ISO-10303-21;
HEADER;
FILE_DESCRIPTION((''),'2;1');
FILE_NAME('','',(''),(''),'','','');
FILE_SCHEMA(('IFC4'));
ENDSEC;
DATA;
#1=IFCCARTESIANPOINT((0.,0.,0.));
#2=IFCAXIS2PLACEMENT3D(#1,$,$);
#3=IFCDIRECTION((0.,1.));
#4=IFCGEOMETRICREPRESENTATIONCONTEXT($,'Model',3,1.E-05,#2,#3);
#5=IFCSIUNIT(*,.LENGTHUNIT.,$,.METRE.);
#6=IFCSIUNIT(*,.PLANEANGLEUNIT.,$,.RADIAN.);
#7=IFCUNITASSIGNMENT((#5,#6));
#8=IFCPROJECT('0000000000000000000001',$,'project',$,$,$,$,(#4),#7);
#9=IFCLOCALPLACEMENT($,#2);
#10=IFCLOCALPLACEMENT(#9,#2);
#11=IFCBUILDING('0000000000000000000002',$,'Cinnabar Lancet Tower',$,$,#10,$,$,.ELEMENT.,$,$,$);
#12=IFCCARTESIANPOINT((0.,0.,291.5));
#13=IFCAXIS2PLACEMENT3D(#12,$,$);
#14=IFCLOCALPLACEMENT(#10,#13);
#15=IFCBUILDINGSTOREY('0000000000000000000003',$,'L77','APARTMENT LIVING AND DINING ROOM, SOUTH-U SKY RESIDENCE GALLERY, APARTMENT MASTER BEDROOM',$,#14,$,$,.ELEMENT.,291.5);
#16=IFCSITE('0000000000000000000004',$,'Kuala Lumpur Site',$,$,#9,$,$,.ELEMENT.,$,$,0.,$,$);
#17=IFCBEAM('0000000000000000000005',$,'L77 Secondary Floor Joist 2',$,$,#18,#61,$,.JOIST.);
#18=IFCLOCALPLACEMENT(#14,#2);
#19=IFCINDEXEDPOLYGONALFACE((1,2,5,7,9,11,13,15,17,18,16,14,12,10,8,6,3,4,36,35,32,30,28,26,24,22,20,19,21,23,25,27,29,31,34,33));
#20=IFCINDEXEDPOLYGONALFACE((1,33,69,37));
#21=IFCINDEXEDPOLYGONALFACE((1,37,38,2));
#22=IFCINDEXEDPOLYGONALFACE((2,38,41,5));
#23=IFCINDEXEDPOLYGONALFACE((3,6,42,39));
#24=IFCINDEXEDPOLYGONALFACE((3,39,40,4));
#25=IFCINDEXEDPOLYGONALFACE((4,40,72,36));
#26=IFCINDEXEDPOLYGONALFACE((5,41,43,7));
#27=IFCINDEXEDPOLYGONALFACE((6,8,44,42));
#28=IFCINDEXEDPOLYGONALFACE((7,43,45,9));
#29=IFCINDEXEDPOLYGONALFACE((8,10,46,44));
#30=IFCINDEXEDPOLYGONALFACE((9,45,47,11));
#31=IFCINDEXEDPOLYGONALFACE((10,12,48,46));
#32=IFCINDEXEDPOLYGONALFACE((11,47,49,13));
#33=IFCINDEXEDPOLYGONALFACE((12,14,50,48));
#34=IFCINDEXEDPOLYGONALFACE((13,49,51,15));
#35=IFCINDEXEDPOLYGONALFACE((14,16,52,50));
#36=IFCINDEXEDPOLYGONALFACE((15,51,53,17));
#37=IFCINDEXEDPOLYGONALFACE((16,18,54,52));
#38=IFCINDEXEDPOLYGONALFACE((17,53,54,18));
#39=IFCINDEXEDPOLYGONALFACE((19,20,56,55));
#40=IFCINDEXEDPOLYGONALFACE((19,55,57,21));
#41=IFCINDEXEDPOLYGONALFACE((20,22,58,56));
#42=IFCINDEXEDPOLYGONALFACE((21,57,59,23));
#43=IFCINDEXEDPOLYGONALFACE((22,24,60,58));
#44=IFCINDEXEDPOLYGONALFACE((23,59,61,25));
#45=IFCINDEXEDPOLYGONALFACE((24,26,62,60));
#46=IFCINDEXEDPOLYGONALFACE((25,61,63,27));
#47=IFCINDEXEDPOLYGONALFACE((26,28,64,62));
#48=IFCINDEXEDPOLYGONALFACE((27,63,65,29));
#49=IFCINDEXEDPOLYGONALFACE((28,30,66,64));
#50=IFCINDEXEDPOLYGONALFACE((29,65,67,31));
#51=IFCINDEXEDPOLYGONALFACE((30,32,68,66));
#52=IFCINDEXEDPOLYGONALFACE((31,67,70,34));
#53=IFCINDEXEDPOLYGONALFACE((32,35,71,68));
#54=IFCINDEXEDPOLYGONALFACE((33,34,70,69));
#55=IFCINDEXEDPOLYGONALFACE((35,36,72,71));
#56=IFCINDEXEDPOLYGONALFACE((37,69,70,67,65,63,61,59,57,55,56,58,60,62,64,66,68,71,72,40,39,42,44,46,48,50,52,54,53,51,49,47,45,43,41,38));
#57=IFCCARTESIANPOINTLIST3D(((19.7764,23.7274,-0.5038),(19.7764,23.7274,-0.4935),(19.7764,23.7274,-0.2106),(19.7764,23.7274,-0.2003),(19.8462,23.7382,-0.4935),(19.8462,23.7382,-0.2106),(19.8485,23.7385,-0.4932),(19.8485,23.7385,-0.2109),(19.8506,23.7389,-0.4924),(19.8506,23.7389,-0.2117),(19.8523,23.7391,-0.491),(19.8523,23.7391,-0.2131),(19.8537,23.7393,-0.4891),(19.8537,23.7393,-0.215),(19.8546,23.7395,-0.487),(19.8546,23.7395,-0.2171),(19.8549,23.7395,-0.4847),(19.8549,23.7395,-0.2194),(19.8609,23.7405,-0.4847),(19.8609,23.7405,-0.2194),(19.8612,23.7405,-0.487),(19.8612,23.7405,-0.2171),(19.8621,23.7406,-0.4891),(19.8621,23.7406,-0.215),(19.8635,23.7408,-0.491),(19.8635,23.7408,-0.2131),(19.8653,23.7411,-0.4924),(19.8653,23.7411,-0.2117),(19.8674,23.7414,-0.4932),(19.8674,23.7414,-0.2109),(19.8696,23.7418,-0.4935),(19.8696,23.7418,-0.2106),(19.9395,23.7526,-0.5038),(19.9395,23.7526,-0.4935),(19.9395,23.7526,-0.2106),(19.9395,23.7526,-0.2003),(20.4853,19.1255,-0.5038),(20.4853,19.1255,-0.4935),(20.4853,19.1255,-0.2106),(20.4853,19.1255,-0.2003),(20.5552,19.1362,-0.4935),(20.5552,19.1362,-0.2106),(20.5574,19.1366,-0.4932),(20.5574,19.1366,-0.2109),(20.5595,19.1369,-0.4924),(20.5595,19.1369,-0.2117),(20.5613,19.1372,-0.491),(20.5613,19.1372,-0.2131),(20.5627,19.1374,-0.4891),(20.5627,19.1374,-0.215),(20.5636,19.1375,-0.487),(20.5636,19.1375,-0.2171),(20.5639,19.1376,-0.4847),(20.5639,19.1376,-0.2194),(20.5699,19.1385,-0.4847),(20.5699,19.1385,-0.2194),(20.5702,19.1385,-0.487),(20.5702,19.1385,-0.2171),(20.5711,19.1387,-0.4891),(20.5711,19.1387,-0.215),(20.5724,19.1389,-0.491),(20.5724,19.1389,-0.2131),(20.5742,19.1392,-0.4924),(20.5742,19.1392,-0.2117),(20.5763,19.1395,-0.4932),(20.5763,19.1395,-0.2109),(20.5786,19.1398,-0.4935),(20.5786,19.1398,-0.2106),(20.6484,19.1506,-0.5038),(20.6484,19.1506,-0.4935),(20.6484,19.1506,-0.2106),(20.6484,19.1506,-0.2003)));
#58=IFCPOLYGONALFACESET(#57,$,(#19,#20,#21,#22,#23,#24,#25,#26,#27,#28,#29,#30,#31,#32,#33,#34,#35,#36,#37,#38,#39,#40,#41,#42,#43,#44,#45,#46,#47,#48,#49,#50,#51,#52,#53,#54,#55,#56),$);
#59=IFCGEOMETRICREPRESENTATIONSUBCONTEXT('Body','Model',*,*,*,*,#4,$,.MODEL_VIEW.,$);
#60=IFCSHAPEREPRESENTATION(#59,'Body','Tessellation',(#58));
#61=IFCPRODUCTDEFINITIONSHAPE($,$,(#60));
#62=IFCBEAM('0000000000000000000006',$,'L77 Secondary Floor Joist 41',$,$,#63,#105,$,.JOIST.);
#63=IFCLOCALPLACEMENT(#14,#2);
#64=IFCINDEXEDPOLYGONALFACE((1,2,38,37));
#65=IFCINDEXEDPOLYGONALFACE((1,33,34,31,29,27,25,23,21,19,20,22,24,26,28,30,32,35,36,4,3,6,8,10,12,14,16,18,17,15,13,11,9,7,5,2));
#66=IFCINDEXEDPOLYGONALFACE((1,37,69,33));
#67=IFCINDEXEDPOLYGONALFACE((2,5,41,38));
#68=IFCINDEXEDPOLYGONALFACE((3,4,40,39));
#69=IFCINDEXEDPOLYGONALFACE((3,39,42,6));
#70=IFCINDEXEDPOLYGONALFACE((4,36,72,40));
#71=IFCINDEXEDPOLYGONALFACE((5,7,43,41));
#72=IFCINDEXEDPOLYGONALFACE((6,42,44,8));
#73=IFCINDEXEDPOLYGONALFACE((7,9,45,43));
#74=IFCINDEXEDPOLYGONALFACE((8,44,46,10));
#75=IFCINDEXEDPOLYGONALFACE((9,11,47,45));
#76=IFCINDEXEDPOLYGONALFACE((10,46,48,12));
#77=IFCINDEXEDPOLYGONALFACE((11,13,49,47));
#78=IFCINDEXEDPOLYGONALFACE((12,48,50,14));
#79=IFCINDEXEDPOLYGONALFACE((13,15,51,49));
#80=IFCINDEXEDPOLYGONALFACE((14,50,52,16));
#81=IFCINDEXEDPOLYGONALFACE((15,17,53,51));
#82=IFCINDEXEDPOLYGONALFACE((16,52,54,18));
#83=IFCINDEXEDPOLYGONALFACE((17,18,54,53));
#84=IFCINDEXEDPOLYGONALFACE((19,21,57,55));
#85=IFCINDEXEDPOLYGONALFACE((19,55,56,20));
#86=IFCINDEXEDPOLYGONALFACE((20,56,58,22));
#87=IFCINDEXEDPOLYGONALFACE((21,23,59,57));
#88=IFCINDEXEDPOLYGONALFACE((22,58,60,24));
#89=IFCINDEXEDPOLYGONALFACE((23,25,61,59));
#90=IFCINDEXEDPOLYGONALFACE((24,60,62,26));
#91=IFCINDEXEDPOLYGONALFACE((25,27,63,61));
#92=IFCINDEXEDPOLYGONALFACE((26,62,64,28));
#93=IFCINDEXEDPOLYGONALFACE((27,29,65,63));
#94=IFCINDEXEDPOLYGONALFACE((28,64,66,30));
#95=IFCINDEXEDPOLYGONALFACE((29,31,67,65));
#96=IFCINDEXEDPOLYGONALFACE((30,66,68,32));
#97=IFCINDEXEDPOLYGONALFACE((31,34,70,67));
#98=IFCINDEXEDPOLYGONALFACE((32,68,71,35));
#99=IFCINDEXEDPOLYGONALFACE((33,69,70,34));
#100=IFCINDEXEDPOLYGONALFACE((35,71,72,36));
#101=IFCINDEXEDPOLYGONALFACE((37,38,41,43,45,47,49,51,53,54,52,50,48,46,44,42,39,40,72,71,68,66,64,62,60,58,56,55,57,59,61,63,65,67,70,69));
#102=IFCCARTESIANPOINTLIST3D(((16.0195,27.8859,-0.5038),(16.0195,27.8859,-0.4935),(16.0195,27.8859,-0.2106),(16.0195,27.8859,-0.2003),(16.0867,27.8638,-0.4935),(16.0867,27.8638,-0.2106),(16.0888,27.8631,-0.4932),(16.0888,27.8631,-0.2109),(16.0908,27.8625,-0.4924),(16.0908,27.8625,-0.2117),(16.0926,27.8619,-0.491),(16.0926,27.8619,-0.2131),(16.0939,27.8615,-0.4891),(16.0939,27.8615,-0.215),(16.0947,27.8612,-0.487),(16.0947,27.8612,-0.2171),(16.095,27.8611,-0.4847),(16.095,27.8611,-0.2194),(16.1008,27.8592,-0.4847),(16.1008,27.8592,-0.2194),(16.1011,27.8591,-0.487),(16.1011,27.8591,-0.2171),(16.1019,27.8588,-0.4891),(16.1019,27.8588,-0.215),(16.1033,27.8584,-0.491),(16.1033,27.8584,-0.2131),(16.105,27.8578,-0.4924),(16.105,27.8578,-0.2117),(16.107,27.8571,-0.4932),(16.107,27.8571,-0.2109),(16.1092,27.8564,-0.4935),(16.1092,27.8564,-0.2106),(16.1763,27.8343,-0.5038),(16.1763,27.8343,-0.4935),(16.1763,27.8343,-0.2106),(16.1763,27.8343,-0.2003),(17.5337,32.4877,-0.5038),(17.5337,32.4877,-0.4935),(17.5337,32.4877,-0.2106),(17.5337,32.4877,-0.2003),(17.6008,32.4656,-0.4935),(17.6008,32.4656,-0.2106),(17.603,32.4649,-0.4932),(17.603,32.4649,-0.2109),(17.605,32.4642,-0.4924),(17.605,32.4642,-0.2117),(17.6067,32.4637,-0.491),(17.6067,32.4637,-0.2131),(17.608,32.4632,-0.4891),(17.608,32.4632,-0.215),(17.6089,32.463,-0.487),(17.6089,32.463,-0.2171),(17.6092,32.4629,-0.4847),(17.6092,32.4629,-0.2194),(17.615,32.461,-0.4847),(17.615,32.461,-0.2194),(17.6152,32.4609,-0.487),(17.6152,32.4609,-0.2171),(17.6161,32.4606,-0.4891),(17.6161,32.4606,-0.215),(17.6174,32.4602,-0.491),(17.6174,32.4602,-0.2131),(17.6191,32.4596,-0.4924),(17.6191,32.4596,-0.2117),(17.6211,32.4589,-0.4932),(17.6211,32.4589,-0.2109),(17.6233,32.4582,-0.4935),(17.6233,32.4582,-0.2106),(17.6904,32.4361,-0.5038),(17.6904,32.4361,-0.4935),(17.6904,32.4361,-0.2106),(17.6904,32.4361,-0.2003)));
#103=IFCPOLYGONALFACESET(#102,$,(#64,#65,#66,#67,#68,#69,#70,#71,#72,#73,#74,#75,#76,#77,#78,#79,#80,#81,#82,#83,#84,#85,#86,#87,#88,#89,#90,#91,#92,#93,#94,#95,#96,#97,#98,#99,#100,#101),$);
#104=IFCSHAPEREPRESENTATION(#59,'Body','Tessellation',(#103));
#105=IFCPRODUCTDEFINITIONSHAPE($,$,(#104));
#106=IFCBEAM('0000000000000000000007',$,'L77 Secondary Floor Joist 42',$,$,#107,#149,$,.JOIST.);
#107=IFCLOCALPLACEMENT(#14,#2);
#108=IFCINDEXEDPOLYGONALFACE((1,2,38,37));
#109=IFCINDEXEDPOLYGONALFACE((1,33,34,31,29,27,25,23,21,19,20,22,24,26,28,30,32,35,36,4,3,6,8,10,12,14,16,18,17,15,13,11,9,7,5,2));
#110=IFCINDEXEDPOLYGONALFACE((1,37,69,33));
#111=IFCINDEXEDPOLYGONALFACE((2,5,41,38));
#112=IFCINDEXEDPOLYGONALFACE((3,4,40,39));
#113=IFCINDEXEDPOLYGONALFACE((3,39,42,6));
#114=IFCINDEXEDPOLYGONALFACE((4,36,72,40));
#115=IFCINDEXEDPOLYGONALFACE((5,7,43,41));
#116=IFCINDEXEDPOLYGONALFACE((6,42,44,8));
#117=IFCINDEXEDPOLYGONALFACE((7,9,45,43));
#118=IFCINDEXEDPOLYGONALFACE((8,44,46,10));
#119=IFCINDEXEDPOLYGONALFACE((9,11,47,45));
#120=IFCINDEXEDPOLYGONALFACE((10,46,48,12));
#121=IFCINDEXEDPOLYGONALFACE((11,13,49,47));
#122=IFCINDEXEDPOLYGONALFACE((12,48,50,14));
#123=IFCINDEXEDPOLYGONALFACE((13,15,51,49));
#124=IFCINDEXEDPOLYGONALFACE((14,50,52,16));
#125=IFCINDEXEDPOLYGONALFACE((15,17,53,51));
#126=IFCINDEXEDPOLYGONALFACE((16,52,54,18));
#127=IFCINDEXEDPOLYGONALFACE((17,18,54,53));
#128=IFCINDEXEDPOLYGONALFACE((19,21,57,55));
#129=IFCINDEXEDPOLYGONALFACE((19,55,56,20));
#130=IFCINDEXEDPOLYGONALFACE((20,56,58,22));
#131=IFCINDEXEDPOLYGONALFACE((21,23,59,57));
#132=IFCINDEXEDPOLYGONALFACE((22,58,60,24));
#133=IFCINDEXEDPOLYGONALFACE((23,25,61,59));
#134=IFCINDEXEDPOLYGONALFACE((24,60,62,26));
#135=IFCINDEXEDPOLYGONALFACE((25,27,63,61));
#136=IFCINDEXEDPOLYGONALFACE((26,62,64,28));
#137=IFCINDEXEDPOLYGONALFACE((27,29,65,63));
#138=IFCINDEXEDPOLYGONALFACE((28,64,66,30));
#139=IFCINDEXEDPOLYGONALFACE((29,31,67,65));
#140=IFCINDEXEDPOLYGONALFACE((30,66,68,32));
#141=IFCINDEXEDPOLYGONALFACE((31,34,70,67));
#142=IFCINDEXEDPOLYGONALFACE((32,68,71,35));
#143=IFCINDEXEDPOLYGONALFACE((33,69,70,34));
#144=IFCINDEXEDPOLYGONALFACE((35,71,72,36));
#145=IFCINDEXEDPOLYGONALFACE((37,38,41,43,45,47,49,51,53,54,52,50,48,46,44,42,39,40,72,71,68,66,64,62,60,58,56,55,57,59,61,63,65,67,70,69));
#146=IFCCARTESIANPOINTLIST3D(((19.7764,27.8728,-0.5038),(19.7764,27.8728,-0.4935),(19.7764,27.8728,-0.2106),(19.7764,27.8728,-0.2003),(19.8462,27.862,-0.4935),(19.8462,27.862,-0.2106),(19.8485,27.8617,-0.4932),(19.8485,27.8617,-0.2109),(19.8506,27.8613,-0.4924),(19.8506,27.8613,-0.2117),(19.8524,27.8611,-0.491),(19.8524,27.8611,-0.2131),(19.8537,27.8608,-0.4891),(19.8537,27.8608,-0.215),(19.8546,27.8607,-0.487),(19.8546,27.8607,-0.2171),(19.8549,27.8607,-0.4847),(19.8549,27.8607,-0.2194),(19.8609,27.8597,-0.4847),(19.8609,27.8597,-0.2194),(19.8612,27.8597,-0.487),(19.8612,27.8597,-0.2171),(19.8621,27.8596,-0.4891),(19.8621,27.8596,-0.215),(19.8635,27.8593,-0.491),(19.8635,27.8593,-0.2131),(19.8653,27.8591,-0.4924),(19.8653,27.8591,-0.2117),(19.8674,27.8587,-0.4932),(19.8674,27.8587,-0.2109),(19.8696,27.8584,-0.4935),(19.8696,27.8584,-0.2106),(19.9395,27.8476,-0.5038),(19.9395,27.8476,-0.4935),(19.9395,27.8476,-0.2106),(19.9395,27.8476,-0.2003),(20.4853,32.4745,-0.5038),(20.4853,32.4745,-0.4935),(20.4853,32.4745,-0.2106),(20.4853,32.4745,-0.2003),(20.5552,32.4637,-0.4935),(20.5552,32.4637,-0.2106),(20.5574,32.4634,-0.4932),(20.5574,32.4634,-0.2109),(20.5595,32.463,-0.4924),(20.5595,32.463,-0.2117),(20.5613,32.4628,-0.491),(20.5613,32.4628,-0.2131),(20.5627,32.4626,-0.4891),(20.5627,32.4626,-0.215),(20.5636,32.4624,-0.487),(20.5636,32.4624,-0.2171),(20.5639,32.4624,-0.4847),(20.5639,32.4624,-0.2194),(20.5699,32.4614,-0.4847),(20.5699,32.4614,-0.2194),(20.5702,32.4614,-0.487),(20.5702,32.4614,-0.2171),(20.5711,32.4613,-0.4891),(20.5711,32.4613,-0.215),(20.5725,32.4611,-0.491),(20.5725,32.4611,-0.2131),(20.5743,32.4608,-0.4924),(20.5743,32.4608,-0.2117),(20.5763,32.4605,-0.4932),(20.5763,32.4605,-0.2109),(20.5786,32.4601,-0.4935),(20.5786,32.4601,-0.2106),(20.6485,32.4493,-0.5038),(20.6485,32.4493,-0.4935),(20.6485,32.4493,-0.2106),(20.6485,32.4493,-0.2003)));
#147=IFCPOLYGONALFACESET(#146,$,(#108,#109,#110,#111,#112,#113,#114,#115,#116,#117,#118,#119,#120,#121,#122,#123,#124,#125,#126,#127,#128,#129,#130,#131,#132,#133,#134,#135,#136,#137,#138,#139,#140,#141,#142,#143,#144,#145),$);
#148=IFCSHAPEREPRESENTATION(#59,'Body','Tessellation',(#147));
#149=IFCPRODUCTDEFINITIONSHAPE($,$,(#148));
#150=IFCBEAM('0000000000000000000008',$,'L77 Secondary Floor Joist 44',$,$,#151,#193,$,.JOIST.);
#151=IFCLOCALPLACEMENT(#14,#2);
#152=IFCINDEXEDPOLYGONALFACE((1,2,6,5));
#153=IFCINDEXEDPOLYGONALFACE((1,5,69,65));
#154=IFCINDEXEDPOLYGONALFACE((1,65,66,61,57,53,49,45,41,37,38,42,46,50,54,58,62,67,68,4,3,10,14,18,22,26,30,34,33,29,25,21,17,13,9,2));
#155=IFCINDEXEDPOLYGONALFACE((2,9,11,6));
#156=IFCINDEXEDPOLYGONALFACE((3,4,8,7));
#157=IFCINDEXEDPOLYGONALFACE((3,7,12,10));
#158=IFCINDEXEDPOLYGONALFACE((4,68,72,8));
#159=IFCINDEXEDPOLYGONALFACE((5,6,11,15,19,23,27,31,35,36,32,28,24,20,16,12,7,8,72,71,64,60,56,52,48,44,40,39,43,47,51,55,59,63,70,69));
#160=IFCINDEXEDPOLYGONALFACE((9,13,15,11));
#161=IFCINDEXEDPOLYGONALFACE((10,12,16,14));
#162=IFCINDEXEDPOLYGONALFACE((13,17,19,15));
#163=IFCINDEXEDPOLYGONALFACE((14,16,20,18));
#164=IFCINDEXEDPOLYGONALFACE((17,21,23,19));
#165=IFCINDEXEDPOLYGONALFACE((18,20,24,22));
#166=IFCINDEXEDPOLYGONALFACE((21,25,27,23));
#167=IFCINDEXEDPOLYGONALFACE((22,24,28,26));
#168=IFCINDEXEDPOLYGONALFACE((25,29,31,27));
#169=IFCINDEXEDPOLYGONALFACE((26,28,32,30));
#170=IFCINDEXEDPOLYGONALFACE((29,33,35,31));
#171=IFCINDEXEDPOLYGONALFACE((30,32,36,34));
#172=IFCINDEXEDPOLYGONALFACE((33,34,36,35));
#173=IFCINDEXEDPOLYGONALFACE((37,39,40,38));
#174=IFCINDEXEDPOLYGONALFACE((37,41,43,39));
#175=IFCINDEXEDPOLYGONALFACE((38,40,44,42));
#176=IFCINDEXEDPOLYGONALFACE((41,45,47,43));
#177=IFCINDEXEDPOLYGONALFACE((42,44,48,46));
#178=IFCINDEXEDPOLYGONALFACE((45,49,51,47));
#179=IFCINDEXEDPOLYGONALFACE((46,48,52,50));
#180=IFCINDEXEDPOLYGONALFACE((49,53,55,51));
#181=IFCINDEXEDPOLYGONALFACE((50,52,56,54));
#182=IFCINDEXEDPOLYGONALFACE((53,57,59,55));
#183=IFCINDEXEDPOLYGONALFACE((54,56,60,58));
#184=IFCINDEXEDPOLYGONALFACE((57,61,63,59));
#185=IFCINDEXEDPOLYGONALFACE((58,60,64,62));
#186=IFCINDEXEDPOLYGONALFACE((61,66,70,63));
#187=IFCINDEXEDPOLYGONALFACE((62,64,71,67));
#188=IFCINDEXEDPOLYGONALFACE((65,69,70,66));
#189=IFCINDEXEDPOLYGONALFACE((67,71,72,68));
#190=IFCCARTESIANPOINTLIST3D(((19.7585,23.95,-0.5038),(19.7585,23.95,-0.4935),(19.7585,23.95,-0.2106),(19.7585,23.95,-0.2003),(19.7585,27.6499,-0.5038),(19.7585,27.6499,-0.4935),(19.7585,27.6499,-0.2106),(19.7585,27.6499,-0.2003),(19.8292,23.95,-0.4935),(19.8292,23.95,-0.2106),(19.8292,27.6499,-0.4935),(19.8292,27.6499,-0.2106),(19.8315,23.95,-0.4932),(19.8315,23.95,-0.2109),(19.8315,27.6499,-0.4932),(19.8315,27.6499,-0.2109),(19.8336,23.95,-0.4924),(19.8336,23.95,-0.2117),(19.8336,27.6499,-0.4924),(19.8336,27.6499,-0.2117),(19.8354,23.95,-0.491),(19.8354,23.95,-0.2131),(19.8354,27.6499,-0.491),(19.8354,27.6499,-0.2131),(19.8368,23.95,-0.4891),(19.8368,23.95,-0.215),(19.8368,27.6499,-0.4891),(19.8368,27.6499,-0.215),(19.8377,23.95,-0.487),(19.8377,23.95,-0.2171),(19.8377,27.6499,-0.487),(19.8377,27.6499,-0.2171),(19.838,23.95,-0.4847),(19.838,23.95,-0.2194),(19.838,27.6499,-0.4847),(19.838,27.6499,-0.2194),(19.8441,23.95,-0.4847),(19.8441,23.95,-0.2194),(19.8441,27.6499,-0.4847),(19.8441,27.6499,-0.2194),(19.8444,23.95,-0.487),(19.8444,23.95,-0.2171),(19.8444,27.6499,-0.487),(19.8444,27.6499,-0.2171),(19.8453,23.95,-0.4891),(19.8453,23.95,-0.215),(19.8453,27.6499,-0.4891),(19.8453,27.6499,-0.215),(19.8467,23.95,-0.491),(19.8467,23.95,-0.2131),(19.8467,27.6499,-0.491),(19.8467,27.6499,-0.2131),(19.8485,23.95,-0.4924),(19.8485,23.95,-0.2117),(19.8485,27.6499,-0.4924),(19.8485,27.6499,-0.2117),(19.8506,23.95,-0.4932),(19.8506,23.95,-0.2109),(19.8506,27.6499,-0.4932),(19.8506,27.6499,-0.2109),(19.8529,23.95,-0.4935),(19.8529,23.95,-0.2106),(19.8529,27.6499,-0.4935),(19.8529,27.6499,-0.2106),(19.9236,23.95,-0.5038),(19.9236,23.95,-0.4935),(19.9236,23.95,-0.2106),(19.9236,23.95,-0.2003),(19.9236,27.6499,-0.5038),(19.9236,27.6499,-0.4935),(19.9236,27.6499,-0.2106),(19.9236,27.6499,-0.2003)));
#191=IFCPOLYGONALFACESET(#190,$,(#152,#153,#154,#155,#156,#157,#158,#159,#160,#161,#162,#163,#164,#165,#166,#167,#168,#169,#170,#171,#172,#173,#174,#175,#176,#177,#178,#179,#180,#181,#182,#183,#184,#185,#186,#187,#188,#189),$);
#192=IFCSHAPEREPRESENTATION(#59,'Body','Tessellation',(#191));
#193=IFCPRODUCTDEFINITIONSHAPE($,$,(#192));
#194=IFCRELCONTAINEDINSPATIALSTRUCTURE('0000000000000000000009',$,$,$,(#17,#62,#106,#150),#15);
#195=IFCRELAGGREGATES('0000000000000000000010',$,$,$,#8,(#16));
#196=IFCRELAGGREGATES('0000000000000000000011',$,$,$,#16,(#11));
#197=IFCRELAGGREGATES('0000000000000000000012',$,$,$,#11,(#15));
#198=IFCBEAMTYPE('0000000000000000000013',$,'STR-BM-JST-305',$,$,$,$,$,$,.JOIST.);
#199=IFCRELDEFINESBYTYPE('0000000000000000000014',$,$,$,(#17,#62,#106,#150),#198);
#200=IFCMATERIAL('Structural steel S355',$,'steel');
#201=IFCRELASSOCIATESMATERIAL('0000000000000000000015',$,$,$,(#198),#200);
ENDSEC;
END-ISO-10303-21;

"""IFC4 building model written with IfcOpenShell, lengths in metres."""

from ifc_helpers import new_model, si_unit, direction, frame, origin, origin_2d, place, context, subcontext, project, spatial, i_section, extrude, material, material_profile, profile_set, type_object, element, save


model = new_model("IFC4")

# Units and contexts
model_context = context("Model", 3, precision=1e-05, world=origin(), true_north=direction((0.0, 1.0)))
body_context = subcontext(model_context, "Body", "Model", "MODEL_VIEW")
ifc_project = project(units=[si_unit("LENGTHUNIT", "METRE"), si_unit("PLANEANGLEUNIT", "RADIAN")], contexts=[model_context])

# Site, building, storey
site_placement = place(None, origin())
site = spatial("IfcSite", under=ifc_project, at=site_placement, Name="Kuala Lumpur Site", CompositionType="ELEMENT", RefElevation=0.0)
building_placement = place(site_placement, origin())
building = spatial("IfcBuilding", under=site, at=building_placement, Name="Cinnabar Lancet Tower", CompositionType="ELEMENT")
storey_placement = place(building_placement, frame((0.0, 0.0, 291.5)))
storey = spatial("IfcBuildingStorey", under=building, at=storey_placement, Name="L77", Description="APARTMENT LIVING AND DINING ROOM, SOUTH-U SKY RESIDENCE GALLERY, APARTMENT MASTER BEDROOM", CompositionType="ELEMENT", Elevation=291.5)

# Beams
ifc_material_1 = material(Name="Structural steel S355", Category="steel")
ifc_material_profile_1 = material_profile(ifc_material_1, i_section(OverallWidth=0.165, OverallDepth=0.3035, WebThickness=0.0061, FlangeThickness=0.0103, FilletRadius=0.0088, at=origin_2d()), Name="UKB 305x165x40")
ifc_profile_set_1 = profile_set([ifc_material_profile_1], Name="Structural steel S355")
beam_type_1 = type_object("IfcBeamType", Name="STR-BM-JST-305", PredefinedType="JOIST", material=ifc_profile_set_1)
beam_1_placement = place(storey_placement, frame((19.8579, 23.74, -0.3521), z_axis=(0.152262, -0.98834, 0.0), x_axis=(0.98834, 0.152262, 0.0)))
element("IfcBeam", 1, at=beam_1_placement, inside=storey, type_object=beam_type_1, Name="L77 Secondary Floor Joist 2", PredefinedType="JOIST", context=body_context, shape_type="SweptSolid", body=[
    extrude(i_section(OverallWidth=0.165, OverallDepth=0.3035, WebThickness=0.0061, FlangeThickness=0.0103, FilletRadius=0.0088, at=origin_2d()), origin(), (0.0, 0.0, 1.0), 4.6562),
])
beam_2_placement = place(storey_placement, frame((17.6121, 32.4619, -0.3521), z_axis=(-0.312552, -0.949901, 0.0), x_axis=(0.949901, -0.312552, 0.0)))
element("IfcBeam", 2, at=beam_2_placement, inside=storey, type_object=beam_type_1, Name="L77 Secondary Floor Joist 41", PredefinedType="JOIST", context=body_context, shape_type="SweptSolid", body=[
    extrude(i_section(OverallWidth=0.165, OverallDepth=0.3035, WebThickness=0.0061, FlangeThickness=0.0103, FilletRadius=0.0088, at=origin_2d()), origin(), (0.0, 0.0, 1.0), 4.8445),
])
beam_3_placement = place(storey_placement, frame((20.5669, 32.4619, -0.3521), z_axis=(-0.15227, -0.988339, 0.0), x_axis=(0.988339, -0.15227, 0.0)))
element("IfcBeam", 3, at=beam_3_placement, inside=storey, type_object=beam_type_1, Name="L77 Secondary Floor Joist 42", PredefinedType="JOIST", context=body_context, shape_type="SweptSolid", body=[
    extrude(i_section(OverallWidth=0.165, OverallDepth=0.3035, WebThickness=0.0061, FlangeThickness=0.0103, FilletRadius=0.0088, at=origin_2d()), origin(), (0.0, 0.0, 1.0), 4.656),
])
beam_4_placement = place(storey_placement, frame((19.8411, 27.6499, -0.3521), z_axis=(0.0, -1.0, 0.0), x_axis=(1.0, 0.0, 0.0)))
element("IfcBeam", 4, at=beam_4_placement, inside=storey, type_object=beam_type_1, Name="L77 Secondary Floor Joist 44", PredefinedType="JOIST", context=body_context, shape_type="SweptSolid", body=[
    extrude(i_section(OverallWidth=0.165, OverallDepth=0.3035, WebThickness=0.0061, FlangeThickness=0.0103, FilletRadius=0.0088, at=origin_2d()), origin(), (0.0, 0.0, 1.0), 3.7),
])

save(model, "model.ifc")
